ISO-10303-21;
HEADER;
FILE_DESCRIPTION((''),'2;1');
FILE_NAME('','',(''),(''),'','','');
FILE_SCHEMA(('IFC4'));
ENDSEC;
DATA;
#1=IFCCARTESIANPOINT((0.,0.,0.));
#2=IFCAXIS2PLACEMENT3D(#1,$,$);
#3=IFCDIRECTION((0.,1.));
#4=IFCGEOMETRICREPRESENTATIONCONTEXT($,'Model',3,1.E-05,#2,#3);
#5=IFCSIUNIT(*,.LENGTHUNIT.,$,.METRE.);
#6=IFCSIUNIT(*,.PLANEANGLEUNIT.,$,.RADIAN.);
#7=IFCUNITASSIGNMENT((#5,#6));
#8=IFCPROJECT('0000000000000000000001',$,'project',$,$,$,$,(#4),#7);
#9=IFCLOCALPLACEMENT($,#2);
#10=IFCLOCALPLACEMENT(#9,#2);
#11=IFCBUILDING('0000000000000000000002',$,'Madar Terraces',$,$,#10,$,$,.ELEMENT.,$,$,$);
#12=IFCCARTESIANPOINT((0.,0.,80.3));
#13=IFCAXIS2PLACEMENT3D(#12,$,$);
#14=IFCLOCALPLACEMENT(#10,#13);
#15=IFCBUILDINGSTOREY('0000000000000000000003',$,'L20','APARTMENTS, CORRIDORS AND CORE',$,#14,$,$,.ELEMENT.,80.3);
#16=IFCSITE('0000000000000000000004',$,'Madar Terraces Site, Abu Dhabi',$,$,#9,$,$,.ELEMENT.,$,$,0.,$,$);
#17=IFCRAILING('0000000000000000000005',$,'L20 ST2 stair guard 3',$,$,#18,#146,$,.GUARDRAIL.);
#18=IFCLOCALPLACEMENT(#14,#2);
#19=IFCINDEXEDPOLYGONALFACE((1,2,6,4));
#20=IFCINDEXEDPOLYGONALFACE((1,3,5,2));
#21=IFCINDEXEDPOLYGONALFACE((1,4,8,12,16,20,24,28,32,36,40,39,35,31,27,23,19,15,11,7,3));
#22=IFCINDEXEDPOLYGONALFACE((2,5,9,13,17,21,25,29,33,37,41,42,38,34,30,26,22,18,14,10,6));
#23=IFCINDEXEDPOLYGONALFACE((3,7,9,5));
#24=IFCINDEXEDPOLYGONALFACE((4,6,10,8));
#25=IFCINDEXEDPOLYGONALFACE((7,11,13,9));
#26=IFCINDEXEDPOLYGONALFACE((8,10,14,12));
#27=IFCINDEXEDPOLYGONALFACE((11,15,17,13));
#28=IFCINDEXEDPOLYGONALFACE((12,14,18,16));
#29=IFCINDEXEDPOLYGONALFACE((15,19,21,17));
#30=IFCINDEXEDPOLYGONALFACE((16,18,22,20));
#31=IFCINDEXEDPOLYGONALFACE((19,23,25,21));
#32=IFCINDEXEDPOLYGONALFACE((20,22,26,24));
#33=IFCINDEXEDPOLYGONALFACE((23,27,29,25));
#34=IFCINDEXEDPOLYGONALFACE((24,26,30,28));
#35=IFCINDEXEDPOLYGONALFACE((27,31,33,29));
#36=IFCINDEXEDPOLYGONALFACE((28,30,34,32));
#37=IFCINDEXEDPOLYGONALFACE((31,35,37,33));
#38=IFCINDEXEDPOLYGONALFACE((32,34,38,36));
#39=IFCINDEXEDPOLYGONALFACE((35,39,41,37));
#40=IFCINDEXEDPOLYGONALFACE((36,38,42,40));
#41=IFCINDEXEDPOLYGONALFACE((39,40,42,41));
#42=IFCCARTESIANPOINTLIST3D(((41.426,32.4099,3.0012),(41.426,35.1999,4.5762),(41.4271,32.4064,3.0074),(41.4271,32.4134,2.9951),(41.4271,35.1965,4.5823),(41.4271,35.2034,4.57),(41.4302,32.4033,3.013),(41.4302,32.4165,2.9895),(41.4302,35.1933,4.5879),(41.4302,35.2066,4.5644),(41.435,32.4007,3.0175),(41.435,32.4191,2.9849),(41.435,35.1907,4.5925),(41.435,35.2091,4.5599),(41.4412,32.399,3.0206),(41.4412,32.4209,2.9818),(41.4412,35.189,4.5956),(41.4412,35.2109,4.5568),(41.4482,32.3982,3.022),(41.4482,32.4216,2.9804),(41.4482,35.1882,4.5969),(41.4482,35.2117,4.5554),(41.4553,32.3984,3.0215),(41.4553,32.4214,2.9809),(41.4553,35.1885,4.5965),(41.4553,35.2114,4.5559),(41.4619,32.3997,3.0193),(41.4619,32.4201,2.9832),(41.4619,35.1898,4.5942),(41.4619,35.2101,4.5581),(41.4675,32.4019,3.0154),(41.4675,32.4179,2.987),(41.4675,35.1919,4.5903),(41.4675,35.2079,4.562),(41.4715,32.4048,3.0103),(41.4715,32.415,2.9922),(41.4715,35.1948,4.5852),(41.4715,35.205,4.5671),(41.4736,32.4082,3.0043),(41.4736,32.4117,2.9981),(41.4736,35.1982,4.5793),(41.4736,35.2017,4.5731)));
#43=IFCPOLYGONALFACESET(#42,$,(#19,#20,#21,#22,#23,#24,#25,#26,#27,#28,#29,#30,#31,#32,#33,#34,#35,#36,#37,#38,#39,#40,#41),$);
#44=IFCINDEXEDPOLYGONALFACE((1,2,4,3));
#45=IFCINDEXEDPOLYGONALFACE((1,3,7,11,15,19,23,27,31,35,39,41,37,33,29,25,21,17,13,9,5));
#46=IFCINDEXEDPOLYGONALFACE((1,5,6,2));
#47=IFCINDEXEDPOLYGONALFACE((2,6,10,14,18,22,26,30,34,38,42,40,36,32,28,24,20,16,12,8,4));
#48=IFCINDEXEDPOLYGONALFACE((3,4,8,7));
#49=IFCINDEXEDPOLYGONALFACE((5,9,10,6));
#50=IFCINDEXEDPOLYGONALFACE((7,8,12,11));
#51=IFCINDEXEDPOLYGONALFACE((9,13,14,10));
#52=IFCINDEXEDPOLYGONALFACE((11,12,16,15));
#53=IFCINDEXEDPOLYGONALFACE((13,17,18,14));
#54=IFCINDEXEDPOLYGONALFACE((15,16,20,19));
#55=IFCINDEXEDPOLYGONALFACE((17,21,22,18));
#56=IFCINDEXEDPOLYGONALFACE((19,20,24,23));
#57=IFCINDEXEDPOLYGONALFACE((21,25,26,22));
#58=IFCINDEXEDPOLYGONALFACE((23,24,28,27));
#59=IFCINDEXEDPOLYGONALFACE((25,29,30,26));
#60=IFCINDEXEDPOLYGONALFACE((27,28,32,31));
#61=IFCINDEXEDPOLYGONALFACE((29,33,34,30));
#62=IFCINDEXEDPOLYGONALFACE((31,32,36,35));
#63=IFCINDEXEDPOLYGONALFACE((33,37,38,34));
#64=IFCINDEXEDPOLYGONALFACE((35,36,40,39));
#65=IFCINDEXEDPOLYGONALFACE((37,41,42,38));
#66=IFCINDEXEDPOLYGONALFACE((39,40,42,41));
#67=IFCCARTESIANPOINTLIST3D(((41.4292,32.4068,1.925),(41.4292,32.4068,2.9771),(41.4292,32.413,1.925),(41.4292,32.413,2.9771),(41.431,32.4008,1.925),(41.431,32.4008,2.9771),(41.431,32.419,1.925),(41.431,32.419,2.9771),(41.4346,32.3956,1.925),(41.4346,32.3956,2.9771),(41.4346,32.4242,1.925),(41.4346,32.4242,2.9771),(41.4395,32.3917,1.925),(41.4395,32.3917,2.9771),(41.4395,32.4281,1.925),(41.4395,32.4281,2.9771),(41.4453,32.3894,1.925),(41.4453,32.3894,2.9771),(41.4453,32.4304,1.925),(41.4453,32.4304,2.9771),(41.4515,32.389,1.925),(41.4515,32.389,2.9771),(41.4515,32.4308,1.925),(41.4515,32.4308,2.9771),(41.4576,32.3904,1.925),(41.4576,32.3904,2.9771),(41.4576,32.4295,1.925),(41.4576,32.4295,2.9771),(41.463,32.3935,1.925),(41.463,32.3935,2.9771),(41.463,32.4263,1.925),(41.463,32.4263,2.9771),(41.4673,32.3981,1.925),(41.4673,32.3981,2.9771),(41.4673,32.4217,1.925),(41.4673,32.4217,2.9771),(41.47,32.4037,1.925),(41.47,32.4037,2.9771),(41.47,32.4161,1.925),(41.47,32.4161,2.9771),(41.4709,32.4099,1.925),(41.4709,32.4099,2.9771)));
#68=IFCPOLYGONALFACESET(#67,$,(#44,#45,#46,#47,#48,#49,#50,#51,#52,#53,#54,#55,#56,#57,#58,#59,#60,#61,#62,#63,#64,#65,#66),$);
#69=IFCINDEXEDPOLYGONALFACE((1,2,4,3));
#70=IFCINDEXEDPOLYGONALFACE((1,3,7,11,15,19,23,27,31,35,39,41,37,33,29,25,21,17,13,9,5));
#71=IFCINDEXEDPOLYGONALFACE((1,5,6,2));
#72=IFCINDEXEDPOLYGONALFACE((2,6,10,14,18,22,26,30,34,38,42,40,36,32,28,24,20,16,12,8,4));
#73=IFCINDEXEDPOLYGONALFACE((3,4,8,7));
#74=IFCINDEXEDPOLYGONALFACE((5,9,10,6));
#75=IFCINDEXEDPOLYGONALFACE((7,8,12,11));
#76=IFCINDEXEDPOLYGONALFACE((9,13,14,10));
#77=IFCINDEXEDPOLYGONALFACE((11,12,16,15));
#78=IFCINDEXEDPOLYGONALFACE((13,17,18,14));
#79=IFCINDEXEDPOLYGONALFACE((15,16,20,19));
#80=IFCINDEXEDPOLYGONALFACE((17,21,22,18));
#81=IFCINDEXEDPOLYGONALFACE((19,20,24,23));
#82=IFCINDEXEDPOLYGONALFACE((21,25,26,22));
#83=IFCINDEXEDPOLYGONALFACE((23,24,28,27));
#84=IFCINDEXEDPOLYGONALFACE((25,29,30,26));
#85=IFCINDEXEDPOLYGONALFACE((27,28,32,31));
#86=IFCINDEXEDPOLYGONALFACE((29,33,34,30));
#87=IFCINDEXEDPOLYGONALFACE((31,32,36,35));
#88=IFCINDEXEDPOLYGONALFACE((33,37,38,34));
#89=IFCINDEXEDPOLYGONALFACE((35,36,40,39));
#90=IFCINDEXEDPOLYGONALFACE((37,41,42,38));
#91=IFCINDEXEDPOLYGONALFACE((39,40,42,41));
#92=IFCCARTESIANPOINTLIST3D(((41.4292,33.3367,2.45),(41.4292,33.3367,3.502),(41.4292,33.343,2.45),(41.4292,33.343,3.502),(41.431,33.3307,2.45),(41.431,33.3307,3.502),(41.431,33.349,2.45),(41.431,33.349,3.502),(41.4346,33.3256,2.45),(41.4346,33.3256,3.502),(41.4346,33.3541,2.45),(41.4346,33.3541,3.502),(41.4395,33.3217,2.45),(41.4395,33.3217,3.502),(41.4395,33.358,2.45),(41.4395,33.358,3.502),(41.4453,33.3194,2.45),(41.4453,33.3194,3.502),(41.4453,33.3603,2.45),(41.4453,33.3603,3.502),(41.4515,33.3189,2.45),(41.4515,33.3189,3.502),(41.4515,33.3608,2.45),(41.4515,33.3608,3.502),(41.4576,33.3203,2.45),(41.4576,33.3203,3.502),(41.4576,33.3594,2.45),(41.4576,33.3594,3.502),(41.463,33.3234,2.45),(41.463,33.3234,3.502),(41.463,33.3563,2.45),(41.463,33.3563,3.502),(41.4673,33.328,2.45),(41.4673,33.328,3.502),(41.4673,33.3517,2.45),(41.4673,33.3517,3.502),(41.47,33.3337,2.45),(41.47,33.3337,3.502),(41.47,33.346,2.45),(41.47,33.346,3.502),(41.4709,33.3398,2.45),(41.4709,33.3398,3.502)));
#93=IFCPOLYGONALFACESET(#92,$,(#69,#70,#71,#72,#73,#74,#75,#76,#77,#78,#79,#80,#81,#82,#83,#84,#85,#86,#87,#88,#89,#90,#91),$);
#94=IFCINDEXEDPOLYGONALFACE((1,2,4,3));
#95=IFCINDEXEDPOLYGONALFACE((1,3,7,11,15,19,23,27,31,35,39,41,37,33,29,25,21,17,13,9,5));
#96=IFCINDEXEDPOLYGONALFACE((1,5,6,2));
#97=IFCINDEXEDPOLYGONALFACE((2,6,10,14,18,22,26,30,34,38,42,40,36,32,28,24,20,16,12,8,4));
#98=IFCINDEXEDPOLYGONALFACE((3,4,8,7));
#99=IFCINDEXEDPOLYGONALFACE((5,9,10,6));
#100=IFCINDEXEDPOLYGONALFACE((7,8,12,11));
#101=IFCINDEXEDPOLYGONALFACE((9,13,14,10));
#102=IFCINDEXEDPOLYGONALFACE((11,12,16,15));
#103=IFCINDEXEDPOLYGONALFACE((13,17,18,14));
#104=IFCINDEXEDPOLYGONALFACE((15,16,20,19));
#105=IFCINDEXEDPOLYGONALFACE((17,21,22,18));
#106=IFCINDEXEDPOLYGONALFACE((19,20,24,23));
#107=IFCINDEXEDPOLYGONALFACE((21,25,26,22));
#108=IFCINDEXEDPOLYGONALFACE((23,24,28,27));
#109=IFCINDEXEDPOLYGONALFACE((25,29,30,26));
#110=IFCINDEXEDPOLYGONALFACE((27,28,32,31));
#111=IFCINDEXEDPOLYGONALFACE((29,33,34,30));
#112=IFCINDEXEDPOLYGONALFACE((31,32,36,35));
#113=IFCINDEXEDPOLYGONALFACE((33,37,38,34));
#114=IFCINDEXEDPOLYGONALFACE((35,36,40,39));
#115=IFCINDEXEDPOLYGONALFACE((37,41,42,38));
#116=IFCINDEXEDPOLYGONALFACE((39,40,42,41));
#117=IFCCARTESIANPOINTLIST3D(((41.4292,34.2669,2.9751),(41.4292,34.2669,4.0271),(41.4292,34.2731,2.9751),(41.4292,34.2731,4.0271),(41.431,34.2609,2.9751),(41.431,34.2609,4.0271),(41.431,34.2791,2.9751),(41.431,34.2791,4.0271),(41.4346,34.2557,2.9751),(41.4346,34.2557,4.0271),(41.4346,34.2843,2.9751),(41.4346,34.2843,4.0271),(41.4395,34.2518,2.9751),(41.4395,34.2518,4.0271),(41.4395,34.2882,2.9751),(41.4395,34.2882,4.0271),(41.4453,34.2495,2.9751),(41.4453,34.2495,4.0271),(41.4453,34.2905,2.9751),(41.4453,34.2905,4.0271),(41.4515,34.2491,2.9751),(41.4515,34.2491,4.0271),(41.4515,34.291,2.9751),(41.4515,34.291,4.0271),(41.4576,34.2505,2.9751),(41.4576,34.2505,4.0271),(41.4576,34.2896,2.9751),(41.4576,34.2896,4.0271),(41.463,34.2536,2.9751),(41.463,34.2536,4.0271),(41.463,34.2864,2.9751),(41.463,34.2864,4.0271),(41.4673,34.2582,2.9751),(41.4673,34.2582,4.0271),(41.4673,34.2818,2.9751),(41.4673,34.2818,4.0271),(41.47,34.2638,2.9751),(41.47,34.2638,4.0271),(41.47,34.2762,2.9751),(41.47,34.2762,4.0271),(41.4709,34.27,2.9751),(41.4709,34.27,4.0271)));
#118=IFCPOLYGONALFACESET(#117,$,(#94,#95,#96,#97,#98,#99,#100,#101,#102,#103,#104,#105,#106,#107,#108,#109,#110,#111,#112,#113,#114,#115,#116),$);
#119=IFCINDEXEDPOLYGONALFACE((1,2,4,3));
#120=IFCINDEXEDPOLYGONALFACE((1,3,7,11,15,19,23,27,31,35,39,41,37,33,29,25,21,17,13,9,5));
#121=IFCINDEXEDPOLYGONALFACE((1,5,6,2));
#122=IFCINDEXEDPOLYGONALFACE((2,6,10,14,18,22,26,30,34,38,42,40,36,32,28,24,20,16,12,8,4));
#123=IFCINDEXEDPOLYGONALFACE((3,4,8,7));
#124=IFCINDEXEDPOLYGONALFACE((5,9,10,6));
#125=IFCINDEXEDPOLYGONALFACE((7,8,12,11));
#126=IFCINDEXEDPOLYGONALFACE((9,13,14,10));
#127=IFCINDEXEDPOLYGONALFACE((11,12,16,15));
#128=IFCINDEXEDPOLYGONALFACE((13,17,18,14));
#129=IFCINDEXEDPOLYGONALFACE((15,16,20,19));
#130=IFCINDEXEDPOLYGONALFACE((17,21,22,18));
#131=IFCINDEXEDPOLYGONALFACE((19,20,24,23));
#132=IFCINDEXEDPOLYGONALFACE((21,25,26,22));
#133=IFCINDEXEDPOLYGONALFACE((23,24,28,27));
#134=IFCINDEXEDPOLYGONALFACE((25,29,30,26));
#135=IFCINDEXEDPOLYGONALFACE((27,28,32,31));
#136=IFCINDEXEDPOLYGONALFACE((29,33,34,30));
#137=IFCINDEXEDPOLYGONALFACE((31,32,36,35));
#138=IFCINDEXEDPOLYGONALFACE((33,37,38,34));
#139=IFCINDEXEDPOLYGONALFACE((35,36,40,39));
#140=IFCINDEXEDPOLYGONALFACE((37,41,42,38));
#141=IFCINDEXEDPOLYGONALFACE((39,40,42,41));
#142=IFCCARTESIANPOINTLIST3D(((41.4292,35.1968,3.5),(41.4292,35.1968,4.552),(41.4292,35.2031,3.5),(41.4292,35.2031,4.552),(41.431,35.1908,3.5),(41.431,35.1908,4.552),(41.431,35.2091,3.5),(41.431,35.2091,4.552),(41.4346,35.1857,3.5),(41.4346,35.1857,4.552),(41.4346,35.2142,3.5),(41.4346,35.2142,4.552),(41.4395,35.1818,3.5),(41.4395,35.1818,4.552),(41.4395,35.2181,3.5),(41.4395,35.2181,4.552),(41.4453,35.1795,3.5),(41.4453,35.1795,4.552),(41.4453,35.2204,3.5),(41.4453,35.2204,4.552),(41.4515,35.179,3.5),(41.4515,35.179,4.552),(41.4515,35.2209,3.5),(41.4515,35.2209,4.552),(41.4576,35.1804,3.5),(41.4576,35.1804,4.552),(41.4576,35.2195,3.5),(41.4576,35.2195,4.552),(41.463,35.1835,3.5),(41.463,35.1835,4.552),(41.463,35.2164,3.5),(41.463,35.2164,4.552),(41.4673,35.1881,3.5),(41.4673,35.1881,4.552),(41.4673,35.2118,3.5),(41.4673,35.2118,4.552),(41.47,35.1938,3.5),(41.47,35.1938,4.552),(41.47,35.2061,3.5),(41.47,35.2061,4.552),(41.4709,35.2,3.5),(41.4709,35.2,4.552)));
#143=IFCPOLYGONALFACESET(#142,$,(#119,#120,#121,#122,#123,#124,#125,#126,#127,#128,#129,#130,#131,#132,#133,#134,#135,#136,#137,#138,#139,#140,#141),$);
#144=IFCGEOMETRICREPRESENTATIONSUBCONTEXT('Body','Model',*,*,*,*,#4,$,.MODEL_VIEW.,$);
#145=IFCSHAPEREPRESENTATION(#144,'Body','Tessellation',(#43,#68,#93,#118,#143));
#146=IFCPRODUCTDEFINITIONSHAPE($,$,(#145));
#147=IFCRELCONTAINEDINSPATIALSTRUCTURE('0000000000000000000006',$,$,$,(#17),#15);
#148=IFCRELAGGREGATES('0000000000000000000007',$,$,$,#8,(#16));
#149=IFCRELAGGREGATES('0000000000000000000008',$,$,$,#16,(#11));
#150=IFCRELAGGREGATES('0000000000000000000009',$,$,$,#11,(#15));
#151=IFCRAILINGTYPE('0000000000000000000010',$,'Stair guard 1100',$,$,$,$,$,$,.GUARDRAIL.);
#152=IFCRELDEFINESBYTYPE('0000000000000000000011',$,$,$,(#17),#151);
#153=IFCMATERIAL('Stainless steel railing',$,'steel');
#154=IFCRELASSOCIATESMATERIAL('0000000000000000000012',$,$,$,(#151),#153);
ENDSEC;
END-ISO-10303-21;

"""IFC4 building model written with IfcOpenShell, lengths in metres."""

from ifc_helpers import new_model, si_unit, direction, frame, origin, origin_2d, place, context, subcontext, project, spatial, circle, extrude, material, type_object, element, save


model = new_model("IFC4")

# Units and contexts
model_context = context("Model", 3, precision=1e-05, world=origin(), true_north=direction((0.0, 1.0)))
body_context = subcontext(model_context, "Body", "Model", "MODEL_VIEW")
ifc_project = project(units=[si_unit("LENGTHUNIT", "METRE"), si_unit("PLANEANGLEUNIT", "RADIAN")], contexts=[model_context])

# Site, building, storey
site_placement = place(None, origin())
site = spatial("IfcSite", under=ifc_project, at=site_placement, Name="Madar Terraces Site, Abu Dhabi", CompositionType="ELEMENT", RefElevation=0.0)
building_placement = place(site_placement, origin())
building = spatial("IfcBuilding", under=site, at=building_placement, Name="Madar Terraces", CompositionType="ELEMENT")
storey_placement = place(building_placement, frame((0.0, 0.0, 80.3)))
storey = spatial("IfcBuildingStorey", under=building, at=storey_placement, Name="L20", Description="APARTMENTS, CORRIDORS AND CORE", CompositionType="ELEMENT", Elevation=80.3)

# Railing
ifc_material_1 = material(Name="Stainless steel railing", Category="steel")
railing_type_1 = type_object("IfcRailingType", Name="Stair guard 1100", PredefinedType="GUARDRAIL", material=ifc_material_1)
railing_1_placement = place(storey_placement, frame((41.45, 32.4099, 1.925)))
element("IfcRailing", 1, at=railing_1_placement, inside=storey, type_object=railing_type_1, Name="L20 ST2 stair guard 3", PredefinedType="GUARDRAIL", context=body_context, shape_type="SweptSolid", body=[
    extrude(circle(Radius=0.0239, at=origin_2d()), frame((0.0, 0.0, 1.0762), z_axis=(0.0, 0.870834, 0.491578), x_axis=(-1.0, 0.0, 0.0)), (0.0, 0.0, 1.0), 3.2039),
    extrude(circle(Radius=0.021, at=origin_2d()), origin(), (0.0, 0.0, 1.0), 1.052),
    extrude(circle(Radius=0.021, at=origin_2d()), frame((0.0, 0.9299, 0.5249)), (0.0, 0.0, 1.0), 1.052),
    extrude(circle(Radius=0.021, at=origin_2d()), frame((0.0, 1.8601, 1.05)), (0.0, 0.0, 1.0), 1.052),
    extrude(circle(Radius=0.021, at=origin_2d()), frame((0.0, 2.79, 1.575)), (0.0, 0.0, 1.0), 1.052),
])

save(model, "model.ifc")
